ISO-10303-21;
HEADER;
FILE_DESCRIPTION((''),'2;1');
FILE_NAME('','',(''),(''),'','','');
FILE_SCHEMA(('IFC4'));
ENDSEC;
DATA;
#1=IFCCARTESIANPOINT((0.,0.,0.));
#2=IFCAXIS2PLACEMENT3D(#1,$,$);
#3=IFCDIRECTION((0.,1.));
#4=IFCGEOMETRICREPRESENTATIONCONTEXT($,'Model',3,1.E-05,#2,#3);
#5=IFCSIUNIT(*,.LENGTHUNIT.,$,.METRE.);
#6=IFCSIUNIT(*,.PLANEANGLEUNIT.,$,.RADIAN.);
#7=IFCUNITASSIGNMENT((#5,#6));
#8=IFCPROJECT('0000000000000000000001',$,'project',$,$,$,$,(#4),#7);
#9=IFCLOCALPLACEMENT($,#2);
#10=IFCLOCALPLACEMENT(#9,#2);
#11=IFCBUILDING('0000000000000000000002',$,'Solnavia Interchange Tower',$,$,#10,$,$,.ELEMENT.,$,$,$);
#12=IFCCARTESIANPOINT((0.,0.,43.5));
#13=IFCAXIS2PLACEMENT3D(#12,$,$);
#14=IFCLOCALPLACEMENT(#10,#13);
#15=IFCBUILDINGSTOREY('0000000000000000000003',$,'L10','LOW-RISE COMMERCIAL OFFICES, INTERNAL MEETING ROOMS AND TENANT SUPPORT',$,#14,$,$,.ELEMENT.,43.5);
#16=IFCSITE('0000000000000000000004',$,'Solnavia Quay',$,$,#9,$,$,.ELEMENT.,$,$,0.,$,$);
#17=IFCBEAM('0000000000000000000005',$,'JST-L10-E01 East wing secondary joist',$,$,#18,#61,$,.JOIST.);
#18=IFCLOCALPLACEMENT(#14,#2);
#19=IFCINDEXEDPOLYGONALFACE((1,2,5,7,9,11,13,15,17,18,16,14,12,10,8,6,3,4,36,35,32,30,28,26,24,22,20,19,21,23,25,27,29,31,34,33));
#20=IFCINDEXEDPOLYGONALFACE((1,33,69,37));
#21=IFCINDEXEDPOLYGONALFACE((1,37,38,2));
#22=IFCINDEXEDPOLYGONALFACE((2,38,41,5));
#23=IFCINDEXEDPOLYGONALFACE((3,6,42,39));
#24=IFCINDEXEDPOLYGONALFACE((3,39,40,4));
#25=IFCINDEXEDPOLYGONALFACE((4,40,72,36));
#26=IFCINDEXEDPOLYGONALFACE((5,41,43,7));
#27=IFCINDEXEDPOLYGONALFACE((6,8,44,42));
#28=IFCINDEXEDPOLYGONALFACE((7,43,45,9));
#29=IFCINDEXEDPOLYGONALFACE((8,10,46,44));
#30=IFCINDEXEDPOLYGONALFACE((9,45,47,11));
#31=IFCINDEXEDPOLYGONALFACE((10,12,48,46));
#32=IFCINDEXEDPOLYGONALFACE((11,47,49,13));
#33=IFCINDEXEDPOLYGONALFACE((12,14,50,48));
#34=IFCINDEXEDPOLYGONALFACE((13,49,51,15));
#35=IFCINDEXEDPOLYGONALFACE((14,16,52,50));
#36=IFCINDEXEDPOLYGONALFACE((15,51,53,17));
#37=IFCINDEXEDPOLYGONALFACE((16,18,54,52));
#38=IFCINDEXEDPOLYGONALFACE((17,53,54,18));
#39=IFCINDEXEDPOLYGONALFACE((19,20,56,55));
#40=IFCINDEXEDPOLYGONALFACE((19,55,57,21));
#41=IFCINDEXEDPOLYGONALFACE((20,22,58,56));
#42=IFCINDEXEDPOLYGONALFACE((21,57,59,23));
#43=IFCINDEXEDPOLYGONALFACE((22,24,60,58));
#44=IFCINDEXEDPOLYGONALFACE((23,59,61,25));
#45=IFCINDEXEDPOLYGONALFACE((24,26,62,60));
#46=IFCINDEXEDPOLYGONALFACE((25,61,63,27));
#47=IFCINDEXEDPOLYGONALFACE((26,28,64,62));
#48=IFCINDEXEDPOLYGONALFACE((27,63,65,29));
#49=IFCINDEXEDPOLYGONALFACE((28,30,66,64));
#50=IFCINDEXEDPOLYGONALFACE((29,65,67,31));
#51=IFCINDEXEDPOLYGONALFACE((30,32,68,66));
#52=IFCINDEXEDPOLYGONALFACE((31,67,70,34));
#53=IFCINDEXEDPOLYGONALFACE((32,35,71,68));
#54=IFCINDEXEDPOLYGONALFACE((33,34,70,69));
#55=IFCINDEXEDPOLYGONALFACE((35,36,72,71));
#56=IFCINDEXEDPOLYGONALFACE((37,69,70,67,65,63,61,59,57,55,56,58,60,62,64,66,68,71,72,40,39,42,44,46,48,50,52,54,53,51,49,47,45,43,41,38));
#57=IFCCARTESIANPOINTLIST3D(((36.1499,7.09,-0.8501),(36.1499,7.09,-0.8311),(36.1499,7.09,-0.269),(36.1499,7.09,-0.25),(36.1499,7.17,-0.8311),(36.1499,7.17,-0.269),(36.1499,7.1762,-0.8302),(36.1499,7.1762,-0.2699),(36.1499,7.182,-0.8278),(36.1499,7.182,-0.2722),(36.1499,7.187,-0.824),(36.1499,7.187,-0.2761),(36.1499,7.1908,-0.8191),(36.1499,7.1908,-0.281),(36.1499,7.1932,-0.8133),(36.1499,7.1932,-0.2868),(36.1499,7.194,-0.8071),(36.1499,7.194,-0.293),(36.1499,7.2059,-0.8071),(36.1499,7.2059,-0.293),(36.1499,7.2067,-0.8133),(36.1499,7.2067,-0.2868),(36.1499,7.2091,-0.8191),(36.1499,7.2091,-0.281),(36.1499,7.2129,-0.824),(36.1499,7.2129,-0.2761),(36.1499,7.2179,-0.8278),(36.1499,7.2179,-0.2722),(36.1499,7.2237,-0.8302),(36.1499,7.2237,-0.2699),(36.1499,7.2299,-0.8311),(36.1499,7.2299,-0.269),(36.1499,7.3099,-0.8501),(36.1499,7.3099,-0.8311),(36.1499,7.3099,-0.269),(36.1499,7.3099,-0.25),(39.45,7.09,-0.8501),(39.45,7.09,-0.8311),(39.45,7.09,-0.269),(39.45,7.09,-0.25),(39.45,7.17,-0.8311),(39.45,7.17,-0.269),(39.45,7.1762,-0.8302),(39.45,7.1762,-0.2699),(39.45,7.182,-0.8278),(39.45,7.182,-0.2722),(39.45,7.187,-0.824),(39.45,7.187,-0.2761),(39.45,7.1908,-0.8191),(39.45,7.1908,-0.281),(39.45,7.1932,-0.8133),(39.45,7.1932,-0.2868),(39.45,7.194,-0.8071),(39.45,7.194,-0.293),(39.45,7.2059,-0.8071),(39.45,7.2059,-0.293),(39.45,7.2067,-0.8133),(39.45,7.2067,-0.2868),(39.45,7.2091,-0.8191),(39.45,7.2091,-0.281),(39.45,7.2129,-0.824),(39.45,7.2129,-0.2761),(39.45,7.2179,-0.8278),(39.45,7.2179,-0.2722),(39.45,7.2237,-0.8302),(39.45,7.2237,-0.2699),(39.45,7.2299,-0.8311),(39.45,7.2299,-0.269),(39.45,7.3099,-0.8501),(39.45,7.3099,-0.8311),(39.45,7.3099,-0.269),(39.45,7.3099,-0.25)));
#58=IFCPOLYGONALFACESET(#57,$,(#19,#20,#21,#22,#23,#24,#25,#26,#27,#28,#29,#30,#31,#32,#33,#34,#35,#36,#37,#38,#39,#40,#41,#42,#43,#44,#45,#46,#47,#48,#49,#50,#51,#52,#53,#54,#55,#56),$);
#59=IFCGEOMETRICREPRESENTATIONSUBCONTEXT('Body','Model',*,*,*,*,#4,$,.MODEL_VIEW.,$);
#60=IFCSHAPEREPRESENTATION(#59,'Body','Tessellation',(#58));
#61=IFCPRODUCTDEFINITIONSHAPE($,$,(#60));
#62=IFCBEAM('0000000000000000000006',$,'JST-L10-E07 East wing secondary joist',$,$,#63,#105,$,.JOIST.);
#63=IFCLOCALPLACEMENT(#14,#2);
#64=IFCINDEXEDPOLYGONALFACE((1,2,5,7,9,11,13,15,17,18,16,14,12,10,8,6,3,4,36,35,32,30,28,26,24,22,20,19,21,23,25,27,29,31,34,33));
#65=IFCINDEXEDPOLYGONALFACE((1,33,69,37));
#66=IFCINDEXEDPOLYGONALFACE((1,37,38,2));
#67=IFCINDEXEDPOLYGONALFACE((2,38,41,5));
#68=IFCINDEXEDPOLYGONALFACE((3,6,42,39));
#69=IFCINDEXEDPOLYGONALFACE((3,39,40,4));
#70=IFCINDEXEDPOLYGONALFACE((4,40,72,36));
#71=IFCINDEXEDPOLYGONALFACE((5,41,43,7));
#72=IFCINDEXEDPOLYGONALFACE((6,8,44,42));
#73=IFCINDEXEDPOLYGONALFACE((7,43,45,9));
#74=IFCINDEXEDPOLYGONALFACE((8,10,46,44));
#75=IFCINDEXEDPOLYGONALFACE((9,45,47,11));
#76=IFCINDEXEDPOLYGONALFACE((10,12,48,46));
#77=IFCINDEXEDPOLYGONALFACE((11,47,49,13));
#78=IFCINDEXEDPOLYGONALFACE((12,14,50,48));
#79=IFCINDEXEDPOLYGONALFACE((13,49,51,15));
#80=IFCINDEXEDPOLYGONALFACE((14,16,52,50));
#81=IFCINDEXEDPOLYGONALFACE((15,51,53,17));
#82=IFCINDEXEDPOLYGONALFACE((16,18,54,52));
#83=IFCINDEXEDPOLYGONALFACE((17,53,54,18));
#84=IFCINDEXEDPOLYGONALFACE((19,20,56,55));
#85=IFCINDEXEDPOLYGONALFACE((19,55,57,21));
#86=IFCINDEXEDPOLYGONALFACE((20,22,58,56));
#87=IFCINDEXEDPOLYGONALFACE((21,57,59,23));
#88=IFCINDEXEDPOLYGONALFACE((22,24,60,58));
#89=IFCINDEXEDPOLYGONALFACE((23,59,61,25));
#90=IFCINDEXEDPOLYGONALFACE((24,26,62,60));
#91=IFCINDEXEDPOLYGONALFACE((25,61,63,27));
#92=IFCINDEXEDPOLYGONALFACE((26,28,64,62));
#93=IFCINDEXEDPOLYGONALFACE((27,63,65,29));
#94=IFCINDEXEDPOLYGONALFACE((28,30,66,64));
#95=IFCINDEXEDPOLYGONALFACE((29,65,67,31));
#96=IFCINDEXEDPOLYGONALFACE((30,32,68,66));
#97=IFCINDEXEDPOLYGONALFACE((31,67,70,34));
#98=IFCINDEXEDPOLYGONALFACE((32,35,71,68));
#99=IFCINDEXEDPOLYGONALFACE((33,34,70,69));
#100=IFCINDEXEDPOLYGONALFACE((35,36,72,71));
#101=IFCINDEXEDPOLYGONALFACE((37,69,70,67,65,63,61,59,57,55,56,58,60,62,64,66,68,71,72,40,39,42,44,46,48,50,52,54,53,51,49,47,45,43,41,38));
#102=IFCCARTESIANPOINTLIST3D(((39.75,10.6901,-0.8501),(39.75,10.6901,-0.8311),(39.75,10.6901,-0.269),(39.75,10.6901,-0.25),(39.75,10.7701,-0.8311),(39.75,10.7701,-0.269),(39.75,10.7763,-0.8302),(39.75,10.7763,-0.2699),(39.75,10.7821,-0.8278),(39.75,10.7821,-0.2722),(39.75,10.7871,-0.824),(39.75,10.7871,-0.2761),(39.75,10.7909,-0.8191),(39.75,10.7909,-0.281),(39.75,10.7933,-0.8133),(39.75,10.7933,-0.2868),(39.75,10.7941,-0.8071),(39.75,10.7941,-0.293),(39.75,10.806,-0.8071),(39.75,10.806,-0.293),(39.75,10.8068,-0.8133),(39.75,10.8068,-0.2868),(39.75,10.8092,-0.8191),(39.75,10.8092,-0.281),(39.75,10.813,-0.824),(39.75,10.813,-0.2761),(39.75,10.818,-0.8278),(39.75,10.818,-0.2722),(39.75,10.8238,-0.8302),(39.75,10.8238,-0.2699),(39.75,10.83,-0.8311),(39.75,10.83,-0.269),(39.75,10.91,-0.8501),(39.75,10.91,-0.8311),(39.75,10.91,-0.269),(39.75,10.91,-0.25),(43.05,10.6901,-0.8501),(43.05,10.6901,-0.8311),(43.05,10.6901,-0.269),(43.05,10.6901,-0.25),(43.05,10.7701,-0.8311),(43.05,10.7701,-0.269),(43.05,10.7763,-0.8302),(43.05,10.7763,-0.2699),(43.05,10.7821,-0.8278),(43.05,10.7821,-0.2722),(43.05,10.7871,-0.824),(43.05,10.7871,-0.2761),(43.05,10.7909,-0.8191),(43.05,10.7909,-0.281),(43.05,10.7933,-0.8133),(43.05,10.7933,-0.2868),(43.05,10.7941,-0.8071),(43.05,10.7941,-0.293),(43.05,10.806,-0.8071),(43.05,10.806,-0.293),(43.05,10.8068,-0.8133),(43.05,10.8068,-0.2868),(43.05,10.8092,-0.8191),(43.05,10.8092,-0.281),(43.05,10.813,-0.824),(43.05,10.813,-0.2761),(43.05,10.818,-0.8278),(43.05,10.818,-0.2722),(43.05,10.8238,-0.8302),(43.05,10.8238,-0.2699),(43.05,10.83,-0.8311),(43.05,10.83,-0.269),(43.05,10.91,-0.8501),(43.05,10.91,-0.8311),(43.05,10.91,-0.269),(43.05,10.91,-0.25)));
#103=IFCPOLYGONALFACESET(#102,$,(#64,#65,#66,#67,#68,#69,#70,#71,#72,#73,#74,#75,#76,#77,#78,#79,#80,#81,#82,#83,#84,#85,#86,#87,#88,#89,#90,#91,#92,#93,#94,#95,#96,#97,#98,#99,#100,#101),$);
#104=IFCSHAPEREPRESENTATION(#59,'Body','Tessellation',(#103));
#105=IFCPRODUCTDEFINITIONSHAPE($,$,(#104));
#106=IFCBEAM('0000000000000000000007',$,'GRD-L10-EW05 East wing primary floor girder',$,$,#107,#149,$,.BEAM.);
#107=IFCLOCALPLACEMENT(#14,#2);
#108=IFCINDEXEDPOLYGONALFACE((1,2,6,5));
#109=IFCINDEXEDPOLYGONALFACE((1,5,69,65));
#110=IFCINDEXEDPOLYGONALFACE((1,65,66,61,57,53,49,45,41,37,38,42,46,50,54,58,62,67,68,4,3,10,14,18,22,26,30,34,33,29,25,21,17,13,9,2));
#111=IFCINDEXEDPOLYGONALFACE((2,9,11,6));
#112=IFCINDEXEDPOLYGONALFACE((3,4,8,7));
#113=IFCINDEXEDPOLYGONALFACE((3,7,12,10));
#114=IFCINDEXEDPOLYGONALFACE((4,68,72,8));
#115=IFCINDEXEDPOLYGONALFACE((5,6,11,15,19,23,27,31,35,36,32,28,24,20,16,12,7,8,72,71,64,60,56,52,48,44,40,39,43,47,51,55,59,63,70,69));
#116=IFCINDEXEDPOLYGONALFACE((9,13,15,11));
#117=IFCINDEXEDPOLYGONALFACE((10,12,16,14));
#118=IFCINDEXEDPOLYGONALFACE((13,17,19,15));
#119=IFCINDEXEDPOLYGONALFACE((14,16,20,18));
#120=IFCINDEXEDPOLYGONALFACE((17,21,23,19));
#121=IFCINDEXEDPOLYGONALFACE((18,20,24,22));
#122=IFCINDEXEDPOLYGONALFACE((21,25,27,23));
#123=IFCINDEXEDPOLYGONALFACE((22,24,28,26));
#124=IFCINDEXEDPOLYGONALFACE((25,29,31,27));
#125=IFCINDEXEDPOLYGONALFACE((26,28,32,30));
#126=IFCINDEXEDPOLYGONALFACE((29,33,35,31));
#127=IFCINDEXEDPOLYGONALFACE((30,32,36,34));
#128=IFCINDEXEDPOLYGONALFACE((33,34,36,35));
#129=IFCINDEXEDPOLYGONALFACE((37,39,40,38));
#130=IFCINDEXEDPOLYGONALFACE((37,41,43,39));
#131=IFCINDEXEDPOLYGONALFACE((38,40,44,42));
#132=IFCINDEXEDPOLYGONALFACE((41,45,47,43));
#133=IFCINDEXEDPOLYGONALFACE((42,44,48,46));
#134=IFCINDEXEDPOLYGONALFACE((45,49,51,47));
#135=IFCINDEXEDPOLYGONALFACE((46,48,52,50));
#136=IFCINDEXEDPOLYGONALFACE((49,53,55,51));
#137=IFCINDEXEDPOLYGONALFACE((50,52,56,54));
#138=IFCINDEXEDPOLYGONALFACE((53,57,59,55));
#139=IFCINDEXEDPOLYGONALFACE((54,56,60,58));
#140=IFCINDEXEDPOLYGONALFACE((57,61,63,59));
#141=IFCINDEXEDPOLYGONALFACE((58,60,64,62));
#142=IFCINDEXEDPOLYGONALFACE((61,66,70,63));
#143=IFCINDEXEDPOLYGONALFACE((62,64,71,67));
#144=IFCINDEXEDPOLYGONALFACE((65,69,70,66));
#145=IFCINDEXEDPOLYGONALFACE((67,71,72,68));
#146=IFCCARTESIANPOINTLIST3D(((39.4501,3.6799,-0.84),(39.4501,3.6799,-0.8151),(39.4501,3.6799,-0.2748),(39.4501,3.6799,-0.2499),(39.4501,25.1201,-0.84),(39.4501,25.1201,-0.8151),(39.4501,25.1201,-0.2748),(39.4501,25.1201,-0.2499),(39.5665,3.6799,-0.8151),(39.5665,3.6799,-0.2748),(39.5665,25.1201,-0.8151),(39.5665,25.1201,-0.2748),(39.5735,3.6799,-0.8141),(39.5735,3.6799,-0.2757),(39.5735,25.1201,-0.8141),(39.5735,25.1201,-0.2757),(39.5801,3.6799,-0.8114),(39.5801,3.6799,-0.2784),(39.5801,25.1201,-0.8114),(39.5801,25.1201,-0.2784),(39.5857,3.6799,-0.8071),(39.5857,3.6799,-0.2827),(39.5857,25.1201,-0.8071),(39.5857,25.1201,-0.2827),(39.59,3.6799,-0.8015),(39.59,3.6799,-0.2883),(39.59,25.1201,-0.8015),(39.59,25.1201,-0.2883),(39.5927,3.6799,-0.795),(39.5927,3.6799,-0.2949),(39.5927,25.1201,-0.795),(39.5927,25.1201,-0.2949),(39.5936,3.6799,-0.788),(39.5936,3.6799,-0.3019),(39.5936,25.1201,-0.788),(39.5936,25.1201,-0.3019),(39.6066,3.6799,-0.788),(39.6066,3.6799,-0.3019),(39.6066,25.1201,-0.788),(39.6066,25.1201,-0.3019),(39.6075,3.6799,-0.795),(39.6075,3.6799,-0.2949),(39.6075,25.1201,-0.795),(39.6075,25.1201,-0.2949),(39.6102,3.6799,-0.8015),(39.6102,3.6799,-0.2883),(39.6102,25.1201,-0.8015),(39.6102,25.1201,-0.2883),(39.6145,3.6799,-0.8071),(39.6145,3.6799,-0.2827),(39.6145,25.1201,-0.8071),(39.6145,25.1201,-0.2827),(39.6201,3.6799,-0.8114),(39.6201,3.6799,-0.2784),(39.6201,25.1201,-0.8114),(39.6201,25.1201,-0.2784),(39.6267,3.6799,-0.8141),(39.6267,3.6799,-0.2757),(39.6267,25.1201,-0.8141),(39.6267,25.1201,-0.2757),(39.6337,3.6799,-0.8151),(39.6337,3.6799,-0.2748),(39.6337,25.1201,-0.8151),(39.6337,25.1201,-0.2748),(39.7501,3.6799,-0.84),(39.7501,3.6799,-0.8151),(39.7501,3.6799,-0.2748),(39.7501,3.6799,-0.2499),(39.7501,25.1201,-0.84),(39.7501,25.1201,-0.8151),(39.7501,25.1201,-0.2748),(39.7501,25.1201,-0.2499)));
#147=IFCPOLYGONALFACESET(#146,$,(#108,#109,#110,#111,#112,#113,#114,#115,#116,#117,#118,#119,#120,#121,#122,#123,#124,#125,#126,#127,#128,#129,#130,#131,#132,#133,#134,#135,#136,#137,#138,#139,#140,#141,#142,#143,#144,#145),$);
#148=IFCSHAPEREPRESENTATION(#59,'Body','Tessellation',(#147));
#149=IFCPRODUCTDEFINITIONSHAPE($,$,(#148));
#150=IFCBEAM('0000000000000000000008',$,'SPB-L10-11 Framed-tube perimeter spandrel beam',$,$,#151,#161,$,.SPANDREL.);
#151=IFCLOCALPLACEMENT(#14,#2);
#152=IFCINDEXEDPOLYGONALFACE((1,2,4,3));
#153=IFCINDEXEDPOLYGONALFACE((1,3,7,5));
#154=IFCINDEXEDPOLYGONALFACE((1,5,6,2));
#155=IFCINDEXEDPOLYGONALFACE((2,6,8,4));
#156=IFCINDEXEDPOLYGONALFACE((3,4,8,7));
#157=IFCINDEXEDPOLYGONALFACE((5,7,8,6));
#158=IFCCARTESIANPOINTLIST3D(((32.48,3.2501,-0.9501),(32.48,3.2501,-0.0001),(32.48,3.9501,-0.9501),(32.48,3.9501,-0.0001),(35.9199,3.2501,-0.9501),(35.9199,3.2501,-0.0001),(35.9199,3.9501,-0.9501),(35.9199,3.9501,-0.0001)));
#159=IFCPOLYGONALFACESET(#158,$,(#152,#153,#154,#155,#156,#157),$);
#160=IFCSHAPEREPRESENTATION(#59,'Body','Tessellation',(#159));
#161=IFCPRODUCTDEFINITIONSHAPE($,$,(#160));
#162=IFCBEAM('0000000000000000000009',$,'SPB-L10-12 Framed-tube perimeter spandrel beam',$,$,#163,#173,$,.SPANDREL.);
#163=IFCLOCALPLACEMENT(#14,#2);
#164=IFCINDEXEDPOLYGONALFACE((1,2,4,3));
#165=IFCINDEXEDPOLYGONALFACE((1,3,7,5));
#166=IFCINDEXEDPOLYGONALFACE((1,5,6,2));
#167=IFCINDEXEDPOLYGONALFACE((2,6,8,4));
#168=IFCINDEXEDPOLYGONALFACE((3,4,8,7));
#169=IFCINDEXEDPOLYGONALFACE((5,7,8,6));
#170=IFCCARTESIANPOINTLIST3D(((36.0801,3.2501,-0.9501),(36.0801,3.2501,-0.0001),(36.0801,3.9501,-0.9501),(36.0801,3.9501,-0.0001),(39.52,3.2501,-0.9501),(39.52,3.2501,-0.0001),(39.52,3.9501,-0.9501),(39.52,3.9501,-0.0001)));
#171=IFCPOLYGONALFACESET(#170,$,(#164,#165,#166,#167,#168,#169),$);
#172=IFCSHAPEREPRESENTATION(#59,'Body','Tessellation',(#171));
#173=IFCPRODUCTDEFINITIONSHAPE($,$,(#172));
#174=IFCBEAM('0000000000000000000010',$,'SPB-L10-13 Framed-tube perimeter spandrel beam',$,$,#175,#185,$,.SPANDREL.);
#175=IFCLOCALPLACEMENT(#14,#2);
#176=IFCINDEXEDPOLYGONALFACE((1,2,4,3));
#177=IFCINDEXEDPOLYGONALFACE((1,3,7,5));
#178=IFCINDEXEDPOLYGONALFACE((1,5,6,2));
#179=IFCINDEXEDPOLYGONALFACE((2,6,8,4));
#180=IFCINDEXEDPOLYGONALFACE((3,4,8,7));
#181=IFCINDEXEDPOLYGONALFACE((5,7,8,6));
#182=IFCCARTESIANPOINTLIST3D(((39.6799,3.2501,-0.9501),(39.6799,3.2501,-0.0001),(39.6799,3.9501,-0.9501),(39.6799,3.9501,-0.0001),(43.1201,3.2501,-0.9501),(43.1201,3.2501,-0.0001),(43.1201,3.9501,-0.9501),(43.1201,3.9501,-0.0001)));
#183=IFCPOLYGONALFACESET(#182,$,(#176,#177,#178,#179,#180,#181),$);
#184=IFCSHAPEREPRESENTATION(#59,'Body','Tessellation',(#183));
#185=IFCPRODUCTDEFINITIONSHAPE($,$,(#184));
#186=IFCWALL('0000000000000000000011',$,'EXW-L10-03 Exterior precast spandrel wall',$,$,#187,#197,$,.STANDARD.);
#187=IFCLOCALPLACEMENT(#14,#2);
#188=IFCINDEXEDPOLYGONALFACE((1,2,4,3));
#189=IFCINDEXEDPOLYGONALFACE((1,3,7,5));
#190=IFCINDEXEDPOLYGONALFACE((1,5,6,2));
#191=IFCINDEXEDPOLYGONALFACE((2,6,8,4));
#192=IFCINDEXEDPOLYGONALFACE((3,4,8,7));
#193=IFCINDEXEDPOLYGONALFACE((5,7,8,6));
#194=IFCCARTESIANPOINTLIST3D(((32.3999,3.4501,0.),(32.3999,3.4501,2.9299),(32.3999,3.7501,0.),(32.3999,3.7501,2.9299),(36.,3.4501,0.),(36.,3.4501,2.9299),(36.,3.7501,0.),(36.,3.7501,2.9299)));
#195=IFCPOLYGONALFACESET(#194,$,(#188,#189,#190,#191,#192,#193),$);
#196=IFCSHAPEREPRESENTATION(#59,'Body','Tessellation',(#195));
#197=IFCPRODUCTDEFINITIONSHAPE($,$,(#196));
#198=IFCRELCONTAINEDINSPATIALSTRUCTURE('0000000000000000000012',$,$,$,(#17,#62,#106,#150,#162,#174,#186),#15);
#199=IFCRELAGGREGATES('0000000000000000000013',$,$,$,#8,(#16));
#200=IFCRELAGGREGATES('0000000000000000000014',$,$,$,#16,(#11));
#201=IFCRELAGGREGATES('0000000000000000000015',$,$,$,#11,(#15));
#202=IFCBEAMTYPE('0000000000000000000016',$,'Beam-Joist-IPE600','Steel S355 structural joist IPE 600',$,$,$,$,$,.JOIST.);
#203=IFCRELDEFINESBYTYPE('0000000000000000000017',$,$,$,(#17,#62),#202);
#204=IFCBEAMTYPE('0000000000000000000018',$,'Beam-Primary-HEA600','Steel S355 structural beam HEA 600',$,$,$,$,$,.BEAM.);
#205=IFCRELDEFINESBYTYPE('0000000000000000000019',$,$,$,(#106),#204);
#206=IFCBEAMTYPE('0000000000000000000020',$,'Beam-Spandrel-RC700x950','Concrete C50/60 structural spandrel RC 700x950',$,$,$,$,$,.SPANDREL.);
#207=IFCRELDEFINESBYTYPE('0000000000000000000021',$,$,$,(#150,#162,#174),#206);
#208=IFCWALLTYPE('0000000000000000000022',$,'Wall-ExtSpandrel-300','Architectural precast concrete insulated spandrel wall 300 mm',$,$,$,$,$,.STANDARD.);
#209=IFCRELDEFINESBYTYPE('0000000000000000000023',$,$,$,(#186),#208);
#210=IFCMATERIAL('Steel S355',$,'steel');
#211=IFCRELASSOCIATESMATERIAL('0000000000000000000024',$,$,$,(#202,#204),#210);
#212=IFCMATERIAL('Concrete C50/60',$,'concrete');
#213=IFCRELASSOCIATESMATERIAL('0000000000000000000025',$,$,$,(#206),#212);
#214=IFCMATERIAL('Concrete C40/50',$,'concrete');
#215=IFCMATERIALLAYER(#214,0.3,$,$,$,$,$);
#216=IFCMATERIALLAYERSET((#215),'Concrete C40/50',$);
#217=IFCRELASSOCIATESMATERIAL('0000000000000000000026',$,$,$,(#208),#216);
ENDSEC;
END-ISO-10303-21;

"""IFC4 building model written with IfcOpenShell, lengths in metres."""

from ifc_helpers import new_model, si_unit, direction, frame, frame_2d, origin, origin_2d, place, context, subcontext, project, spatial, rectangle, i_section, extrude, material, layer, layer_set, material_profile, profile_set, type_object, element, save


model = new_model("IFC4")

# Units and contexts
model_context = context("Model", 3, precision=1e-05, world=origin(), true_north=direction((0.0, 1.0)))
body_context = subcontext(model_context, "Body", "Model", "MODEL_VIEW")
ifc_project = project(units=[si_unit("LENGTHUNIT", "METRE"), si_unit("PLANEANGLEUNIT", "RADIAN")], contexts=[model_context])

# Site, building, storey
site_placement = place(None, origin())
site = spatial("IfcSite", under=ifc_project, at=site_placement, Name="Solnavia Quay", CompositionType="ELEMENT", RefElevation=0.0)
building_placement = place(site_placement, origin())
building = spatial("IfcBuilding", under=site, at=building_placement, Name="Solnavia Interchange Tower", CompositionType="ELEMENT")
storey_placement = place(building_placement, frame((0.0, 0.0, 43.5)))
storey = spatial("IfcBuildingStorey", under=building, at=storey_placement, Name="L10", Description="LOW-RISE COMMERCIAL OFFICES, INTERNAL MEETING ROOMS AND TENANT SUPPORT", CompositionType="ELEMENT", Elevation=43.5)

# Shared definitions
ifc_material_1 = material(Name="Steel S355", Category="steel")

# Beams
ifc_material_2 = material(Name="Concrete C50/60", Category="concrete")
ifc_material_profile_1 = material_profile(ifc_material_1, i_section(OverallWidth=0.22, OverallDepth=0.6001, WebThickness=0.012, FlangeThickness=0.019, FilletRadius=0.0239, at=origin_2d()), Name="IPE 600")
ifc_profile_set_1 = profile_set([ifc_material_profile_1], Name="Steel S355")
beam_type_1 = type_object("IfcBeamType", Name="Beam-Joist-IPE600", Description="Steel S355 structural joist IPE 600", PredefinedType="JOIST", material=ifc_profile_set_1)
for number, where, z_axis, x_axis, name in (
    (1, (36.1499, 7.2, -0.55), (1.0, 0.0, 0.0), (0.0, 1.0, 0.0), "JST-L10-E01 East wing secondary joist"),
    (2, (39.75, 10.8, -0.55), (1.0, 0.0, 0.0), (0.0, 1.0, 0.0), "JST-L10-E07 East wing secondary joist"),
):
    element("IfcBeam", number, at=place(storey_placement, frame(where, z_axis=z_axis, x_axis=x_axis)), inside=storey, type_object=beam_type_1, Name=name, PredefinedType="JOIST", context=body_context, shape_type="SweptSolid", body=[
        extrude(i_section(OverallWidth=0.22, OverallDepth=0.6001, WebThickness=0.012, FlangeThickness=0.019, FilletRadius=0.0239, at=origin_2d()), origin(), (0.0, 0.0, 1.0), 3.3),
    ])
ifc_material_profile_2 = material_profile(ifc_material_1, i_section(OverallWidth=0.3, OverallDepth=0.5901, WebThickness=0.0129, FlangeThickness=0.0249, FilletRadius=0.0271, at=origin_2d()), Name="HEA 600")
ifc_profile_set_2 = profile_set([ifc_material_profile_2], Name="Steel S355")
beam_type_2 = type_object("IfcBeamType", Name="Beam-Primary-HEA600", Description="Steel S355 structural beam HEA 600", PredefinedType="BEAM", material=ifc_profile_set_2)
beam_1_placement = place(storey_placement, frame((39.6001, 3.6799, -0.5449), z_axis=(0.0, 1.0, 0.0), x_axis=(-1.0, 0.0, 0.0)))
element("IfcBeam", 3, at=beam_1_placement, inside=storey, type_object=beam_type_2, Name="GRD-L10-EW05 East wing primary floor girder", PredefinedType="BEAM", context=body_context, shape_type="SweptSolid", body=[
    extrude(i_section(OverallWidth=0.3, OverallDepth=0.5901, WebThickness=0.0129, FlangeThickness=0.0249, FilletRadius=0.0271, at=origin_2d()), origin(), (0.0, 0.0, 1.0), 21.4402),
])
ifc_material_profile_3 = material_profile(ifc_material_2, rectangle(XDim=0.7, YDim=0.95, at=origin_2d()), Name="RC 700x950")
ifc_profile_set_3 = profile_set([ifc_material_profile_3], Name="Concrete C50/60")
beam_type_3 = type_object("IfcBeamType", Name="Beam-Spandrel-RC700x950", Description="Concrete C50/60 structural spandrel RC 700x950", PredefinedType="SPANDREL", material=ifc_profile_set_3)
for number, where, z_axis, x_axis, name in (
    (4, (32.48, 3.6001, -0.4751), (1.0, 0.0, 0.0), (0.0, 1.0, 0.0), "SPB-L10-11 Framed-tube perimeter spandrel beam"),
    (5, (36.0801, 3.6001, -0.4751), (1.0, 0.0, 0.0), (0.0, 1.0, 0.0), "SPB-L10-12 Framed-tube perimeter spandrel beam"),
):
    element("IfcBeam", number, at=place(storey_placement, frame(where, z_axis=z_axis, x_axis=x_axis)), inside=storey, type_object=beam_type_3, Name=name, PredefinedType="SPANDREL", context=body_context, shape_type="SweptSolid", body=[
        extrude(rectangle(XDim=0.7, YDim=0.95, at=origin_2d()), origin(), (0.0, 0.0, 1.0), 3.4399),
    ])
beam_2_placement = place(storey_placement, frame((39.6799, 3.6001, -0.4751), z_axis=(1.0, 0.0, 0.0), x_axis=(0.0, 1.0, 0.0)))
element("IfcBeam", 6, at=beam_2_placement, inside=storey, type_object=beam_type_3, Name="SPB-L10-13 Framed-tube perimeter spandrel beam", PredefinedType="SPANDREL", context=body_context, shape_type="SweptSolid", body=[
    extrude(rectangle(XDim=0.7, YDim=0.95, at=origin_2d()), origin(), (0.0, 0.0, 1.0), 3.4402),
])

# Wall
ifc_material_3 = material(Name="Concrete C40/50", Category="concrete")
ifc_layer_1 = layer(ifc_material_3, 0.3)
ifc_layer_set_1 = layer_set([ifc_layer_1], Name="Concrete C40/50")
wall_type_1 = type_object("IfcWallType", Name="Wall-ExtSpandrel-300", Description="Architectural precast concrete insulated spandrel wall 300 mm", PredefinedType="STANDARD", material=ifc_layer_set_1)
for number, where, z_axis, x_axis, name in (
    (7, (36.0, 3.6001, 0.0), (0.0, 0.0, 1.0), (-1.0, 0.0, 0.0), "EXW-L10-03 Exterior precast spandrel wall"),
):
    element("IfcWall", number, at=place(storey_placement, frame(where, z_axis=z_axis, x_axis=x_axis)), inside=storey, type_object=wall_type_1, Name=name, PredefinedType="STANDARD", context=body_context, shape_type="SweptSolid", body=[
        extrude(rectangle(XDim=3.6001, YDim=0.3, at=frame_2d((1.8, 0.0))), origin(), (0.0, 0.0, 1.0), 2.9299),
    ])

save(model, "model.ifc")
